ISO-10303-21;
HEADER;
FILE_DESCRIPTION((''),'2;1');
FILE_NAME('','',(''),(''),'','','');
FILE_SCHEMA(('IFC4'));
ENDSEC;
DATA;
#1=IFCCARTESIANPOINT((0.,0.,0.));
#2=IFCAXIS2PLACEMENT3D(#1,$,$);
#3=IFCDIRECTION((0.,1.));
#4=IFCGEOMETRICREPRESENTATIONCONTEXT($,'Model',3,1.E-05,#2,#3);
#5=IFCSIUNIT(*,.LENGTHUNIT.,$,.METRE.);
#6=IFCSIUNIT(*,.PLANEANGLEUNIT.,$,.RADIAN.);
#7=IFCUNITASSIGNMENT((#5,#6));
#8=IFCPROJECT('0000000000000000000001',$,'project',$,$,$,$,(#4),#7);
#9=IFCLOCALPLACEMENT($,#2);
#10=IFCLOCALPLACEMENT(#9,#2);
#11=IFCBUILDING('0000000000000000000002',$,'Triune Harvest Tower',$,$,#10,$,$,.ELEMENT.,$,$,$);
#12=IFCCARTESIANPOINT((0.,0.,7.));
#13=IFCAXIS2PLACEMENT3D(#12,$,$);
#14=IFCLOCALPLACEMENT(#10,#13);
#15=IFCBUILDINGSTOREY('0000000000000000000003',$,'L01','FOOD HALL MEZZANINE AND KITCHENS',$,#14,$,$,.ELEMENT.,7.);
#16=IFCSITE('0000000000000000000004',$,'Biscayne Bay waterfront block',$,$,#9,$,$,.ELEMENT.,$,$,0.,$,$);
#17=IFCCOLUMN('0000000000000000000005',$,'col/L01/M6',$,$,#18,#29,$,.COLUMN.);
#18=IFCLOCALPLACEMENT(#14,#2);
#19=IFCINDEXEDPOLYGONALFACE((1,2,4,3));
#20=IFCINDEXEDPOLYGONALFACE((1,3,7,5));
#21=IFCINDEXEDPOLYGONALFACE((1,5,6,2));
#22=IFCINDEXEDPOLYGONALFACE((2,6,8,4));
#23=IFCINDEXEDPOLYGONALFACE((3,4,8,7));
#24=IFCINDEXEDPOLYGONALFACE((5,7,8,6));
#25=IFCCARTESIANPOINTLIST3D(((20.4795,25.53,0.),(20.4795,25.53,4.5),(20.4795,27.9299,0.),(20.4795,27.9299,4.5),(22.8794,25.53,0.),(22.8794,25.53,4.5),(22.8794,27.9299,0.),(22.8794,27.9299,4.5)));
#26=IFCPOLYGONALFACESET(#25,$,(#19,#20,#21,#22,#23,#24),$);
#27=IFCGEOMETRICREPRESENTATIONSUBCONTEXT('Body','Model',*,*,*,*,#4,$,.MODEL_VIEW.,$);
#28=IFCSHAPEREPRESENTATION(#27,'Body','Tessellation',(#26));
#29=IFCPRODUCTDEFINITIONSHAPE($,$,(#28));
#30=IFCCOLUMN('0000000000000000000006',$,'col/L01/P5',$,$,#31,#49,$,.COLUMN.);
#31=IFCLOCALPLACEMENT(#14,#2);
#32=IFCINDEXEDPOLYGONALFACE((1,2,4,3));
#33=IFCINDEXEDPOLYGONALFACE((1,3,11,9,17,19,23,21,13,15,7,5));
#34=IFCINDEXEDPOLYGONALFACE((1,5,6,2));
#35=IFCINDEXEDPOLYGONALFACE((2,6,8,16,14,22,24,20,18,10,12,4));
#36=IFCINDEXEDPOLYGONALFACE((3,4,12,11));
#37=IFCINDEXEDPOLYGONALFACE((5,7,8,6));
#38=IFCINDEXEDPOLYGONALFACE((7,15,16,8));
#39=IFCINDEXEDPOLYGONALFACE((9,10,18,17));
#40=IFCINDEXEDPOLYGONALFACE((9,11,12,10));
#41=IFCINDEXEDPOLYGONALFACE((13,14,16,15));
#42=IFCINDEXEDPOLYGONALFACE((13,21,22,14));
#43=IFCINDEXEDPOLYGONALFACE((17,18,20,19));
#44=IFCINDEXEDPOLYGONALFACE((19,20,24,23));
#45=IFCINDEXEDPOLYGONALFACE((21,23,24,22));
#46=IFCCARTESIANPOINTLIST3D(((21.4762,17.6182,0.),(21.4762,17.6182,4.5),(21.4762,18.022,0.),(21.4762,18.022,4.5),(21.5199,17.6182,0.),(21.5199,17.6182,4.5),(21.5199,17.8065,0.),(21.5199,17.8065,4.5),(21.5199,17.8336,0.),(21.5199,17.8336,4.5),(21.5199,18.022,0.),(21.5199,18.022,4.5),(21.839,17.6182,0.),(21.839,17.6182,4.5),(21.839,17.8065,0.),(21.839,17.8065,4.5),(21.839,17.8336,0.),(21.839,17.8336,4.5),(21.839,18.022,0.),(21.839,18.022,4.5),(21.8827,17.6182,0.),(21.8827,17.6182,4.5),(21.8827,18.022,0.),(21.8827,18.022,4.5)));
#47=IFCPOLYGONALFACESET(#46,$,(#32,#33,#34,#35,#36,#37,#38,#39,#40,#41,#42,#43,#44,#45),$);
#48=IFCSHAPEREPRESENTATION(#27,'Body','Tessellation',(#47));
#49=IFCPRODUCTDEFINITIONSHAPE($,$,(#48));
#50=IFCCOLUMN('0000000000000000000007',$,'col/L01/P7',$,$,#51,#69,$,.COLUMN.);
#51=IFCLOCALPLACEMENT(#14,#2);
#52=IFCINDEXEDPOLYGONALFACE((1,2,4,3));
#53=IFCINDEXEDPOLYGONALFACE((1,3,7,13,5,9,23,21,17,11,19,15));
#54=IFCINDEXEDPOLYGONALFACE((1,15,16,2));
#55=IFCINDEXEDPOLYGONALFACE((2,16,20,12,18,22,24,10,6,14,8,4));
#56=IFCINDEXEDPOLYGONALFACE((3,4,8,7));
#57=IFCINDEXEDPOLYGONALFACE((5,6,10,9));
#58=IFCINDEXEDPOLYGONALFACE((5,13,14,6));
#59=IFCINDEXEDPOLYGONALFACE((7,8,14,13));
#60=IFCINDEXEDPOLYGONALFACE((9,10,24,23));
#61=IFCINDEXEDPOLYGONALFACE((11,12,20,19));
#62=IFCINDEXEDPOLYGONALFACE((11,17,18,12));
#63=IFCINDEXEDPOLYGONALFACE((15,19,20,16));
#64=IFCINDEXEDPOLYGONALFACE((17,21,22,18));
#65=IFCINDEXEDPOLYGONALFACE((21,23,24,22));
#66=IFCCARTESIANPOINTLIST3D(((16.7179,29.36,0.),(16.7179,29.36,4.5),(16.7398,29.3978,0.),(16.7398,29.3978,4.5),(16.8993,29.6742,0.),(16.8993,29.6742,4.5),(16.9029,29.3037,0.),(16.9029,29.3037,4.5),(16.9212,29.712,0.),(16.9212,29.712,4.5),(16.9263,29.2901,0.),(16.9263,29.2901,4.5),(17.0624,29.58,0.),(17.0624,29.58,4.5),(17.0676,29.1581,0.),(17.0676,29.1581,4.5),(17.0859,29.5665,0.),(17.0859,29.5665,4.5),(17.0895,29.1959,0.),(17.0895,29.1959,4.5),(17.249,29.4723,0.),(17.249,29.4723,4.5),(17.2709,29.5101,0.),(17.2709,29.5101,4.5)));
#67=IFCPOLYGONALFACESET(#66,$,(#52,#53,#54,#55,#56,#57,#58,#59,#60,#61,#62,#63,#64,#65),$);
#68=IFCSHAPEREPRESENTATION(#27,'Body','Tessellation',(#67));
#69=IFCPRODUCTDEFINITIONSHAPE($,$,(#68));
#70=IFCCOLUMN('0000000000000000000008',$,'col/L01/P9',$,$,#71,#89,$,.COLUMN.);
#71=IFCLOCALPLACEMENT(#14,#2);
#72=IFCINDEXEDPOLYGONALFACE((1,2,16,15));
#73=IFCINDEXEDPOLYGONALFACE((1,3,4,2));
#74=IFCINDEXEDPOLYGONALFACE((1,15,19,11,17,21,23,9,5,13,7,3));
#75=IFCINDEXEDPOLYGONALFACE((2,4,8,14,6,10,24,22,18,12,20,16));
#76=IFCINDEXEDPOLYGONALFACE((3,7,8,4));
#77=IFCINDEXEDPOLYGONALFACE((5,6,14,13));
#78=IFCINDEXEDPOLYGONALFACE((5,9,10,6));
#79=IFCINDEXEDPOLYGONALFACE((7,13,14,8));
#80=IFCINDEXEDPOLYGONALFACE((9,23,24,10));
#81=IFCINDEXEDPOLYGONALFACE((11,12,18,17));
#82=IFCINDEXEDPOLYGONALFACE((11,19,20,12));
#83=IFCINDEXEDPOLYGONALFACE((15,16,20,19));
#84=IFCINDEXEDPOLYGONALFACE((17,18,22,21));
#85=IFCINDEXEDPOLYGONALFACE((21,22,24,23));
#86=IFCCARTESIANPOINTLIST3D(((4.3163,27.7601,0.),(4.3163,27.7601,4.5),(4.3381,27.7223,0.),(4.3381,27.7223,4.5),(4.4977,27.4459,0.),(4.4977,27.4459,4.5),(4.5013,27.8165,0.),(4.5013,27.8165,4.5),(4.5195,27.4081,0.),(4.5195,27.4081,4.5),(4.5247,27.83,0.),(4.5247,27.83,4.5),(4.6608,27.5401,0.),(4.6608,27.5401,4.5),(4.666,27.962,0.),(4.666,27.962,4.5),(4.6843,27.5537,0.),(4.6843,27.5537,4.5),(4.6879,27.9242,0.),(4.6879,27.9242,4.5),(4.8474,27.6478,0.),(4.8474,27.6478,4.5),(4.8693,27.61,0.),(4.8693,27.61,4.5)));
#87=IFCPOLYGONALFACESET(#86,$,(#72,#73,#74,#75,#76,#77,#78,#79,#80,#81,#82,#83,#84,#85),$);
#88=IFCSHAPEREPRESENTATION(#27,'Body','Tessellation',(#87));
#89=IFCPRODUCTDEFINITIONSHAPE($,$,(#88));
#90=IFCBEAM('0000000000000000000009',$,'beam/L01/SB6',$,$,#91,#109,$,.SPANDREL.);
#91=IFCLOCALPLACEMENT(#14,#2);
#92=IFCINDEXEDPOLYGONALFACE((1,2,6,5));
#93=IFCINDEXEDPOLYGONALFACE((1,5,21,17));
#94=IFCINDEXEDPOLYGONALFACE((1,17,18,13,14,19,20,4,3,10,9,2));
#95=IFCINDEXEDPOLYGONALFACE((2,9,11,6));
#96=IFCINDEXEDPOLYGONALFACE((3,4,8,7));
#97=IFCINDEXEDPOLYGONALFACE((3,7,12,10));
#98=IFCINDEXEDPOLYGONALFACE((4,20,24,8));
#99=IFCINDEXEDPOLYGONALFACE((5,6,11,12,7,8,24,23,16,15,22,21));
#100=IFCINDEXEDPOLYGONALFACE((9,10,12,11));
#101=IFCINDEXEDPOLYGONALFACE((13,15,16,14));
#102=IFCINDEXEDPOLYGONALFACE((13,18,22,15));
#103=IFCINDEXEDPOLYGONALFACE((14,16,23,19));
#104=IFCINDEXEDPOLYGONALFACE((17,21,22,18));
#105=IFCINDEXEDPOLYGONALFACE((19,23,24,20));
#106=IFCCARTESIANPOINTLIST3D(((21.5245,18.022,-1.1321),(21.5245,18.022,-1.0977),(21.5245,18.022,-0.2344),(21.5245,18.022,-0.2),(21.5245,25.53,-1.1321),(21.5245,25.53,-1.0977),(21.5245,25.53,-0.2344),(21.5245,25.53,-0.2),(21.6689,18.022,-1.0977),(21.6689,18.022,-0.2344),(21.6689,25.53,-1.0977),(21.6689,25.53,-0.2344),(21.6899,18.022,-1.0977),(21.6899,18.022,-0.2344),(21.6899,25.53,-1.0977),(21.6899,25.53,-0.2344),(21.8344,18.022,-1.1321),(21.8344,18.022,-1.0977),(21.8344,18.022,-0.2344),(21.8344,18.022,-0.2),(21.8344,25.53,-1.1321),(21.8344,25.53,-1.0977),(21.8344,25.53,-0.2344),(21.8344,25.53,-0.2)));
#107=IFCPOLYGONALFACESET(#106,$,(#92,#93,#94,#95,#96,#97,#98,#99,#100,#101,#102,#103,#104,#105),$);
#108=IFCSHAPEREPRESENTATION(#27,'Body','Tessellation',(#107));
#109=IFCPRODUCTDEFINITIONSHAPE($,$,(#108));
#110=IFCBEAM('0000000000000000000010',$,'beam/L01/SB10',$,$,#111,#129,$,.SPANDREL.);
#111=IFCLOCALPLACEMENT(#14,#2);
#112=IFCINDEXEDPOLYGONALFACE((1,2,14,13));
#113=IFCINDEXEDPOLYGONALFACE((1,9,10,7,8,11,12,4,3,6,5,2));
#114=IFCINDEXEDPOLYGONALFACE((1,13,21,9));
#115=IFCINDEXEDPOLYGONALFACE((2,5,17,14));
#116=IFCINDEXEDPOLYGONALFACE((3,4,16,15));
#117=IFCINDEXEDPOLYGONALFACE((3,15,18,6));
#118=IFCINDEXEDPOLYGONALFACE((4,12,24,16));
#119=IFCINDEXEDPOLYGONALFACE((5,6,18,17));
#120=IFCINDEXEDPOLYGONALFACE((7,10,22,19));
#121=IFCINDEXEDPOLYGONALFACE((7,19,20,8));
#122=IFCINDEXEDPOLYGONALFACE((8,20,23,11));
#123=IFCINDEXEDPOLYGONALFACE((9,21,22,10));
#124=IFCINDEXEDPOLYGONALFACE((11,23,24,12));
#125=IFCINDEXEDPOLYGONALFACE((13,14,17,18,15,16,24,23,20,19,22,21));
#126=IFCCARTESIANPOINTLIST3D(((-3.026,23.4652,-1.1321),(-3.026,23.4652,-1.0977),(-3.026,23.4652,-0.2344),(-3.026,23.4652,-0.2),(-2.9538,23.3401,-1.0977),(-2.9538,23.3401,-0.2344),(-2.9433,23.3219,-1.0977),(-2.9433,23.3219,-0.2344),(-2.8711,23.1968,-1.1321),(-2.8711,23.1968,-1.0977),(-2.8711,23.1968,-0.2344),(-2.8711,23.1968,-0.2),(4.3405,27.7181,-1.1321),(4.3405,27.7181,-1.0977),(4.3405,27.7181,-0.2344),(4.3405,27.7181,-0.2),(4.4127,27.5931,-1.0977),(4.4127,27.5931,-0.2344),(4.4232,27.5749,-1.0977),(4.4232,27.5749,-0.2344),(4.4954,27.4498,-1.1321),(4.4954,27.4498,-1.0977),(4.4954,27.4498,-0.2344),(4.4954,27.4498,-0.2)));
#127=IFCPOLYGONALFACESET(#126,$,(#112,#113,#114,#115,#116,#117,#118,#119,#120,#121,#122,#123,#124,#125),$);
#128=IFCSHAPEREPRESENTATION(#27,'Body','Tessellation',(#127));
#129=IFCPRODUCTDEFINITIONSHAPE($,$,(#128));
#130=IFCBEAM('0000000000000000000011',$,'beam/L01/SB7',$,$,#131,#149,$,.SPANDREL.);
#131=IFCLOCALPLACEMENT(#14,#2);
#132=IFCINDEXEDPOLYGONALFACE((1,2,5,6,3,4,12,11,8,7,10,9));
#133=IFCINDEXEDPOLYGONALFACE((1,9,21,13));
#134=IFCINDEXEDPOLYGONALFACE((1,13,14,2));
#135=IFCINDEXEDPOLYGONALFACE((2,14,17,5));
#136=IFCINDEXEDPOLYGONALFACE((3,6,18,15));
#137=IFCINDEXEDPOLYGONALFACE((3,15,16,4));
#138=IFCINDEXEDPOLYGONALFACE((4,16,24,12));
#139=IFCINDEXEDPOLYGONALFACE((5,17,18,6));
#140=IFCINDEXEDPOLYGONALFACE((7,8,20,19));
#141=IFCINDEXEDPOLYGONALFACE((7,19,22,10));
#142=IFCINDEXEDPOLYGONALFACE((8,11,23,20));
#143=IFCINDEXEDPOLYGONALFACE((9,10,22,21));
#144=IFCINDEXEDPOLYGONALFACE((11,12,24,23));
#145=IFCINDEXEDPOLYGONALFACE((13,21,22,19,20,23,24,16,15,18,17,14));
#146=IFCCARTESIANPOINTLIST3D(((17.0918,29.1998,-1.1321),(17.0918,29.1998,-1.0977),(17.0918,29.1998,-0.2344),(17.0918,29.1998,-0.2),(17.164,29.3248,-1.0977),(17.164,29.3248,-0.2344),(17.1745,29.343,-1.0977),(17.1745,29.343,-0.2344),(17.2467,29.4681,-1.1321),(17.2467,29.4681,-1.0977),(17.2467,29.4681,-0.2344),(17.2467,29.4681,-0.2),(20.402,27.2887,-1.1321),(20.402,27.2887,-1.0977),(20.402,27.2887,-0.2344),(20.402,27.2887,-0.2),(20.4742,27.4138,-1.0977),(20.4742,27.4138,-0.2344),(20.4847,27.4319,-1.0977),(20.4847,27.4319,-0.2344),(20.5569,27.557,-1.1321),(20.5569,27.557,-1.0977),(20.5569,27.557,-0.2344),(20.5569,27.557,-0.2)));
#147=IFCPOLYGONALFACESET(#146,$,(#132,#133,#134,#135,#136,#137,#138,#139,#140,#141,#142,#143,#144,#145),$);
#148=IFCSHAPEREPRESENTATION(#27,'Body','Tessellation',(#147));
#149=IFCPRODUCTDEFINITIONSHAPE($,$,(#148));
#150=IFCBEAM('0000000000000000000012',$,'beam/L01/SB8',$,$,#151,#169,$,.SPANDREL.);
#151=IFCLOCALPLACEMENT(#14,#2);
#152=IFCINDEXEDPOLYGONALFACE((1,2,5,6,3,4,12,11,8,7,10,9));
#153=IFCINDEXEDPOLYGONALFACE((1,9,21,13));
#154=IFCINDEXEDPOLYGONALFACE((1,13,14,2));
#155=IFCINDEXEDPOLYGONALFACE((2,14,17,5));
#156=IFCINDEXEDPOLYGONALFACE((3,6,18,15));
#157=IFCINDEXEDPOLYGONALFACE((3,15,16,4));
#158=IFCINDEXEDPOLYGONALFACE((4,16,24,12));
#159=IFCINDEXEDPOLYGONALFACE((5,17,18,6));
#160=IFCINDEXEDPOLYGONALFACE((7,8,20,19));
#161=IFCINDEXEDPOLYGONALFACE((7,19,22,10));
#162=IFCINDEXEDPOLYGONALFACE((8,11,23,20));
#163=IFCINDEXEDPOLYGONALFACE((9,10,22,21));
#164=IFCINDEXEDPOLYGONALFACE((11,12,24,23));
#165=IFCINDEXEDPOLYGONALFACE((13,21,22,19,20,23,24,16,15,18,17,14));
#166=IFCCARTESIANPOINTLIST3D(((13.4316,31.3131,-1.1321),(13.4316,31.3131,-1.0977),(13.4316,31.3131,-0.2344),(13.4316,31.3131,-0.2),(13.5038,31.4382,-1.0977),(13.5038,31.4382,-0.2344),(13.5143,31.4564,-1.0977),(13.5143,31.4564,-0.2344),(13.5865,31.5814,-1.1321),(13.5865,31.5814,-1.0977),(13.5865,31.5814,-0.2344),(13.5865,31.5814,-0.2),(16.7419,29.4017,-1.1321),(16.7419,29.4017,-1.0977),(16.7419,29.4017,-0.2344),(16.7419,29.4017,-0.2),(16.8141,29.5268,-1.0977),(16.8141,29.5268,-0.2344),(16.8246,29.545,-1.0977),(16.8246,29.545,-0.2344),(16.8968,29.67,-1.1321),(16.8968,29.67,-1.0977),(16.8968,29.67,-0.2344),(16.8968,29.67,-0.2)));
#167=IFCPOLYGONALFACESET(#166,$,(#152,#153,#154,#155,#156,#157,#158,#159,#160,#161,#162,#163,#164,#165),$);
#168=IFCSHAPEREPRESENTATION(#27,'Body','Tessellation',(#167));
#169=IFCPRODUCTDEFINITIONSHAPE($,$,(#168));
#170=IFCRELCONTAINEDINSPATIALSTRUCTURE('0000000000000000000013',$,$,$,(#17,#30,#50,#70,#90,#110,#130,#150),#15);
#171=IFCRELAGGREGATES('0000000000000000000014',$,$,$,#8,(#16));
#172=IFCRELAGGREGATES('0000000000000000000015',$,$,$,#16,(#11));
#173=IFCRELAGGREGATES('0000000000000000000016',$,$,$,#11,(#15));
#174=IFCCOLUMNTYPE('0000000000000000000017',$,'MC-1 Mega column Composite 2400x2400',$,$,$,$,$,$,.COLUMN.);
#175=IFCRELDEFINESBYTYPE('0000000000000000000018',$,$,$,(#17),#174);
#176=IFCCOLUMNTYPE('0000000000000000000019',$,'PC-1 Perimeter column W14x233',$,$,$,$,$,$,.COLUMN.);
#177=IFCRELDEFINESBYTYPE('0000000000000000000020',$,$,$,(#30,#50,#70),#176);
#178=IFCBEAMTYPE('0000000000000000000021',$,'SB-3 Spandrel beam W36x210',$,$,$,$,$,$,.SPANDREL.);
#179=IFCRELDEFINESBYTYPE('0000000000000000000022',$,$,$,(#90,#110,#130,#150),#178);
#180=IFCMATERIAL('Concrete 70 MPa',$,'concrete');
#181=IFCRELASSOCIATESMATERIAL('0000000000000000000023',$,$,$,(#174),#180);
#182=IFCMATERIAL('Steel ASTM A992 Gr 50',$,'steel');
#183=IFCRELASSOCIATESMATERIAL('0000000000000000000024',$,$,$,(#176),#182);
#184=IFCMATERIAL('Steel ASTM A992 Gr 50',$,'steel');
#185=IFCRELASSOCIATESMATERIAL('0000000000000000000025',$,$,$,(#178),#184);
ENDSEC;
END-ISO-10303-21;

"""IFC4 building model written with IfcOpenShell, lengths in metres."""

from ifc_helpers import new_model, si_unit, direction, frame, origin, origin_2d, place, context, subcontext, project, spatial, rectangle, i_section, extrude, source, transform, mapped, material, material_profile, profile_set, type_object, element, save


model = new_model("IFC4")

# Units and contexts
model_context = context("Model", 3, precision=1e-05, world=origin(), true_north=direction((0.0, 1.0)))
body_context = subcontext(model_context, "Body", "Model", "MODEL_VIEW")
ifc_project = project(units=[si_unit("LENGTHUNIT", "METRE"), si_unit("PLANEANGLEUNIT", "RADIAN")], contexts=[model_context])

# Site, building, storey
site_placement = place(None, origin())
site = spatial("IfcSite", under=ifc_project, at=site_placement, Name="Biscayne Bay waterfront block", CompositionType="ELEMENT", RefElevation=0.0)
building_placement = place(site_placement, origin())
building = spatial("IfcBuilding", under=site, at=building_placement, Name="Triune Harvest Tower", CompositionType="ELEMENT")
storey_placement = place(building_placement, frame((0.0, 0.0, 7.0)))
storey = spatial("IfcBuildingStorey", under=building, at=storey_placement, Name="L01", Description="FOOD HALL MEZZANINE AND KITCHENS", CompositionType="ELEMENT", Elevation=7.0)

# Columns
ifc_material_1 = material(Name="Concrete 70 MPa", Category="concrete")
ifc_material_profile_1 = material_profile(ifc_material_1, rectangle(XDim=2.3999, YDim=2.3999, at=origin_2d()), Name="Composite 2400x2400")
ifc_profile_set_1 = profile_set([ifc_material_profile_1], Name="Concrete 70 MPa")
column_type_1 = type_object("IfcColumnType", Name="MC-1 Mega column Composite 2400x2400", PredefinedType="COLUMN", material=ifc_profile_set_1)
shared_shape_1 = source(origin(), body_context, "Body", "SweptSolid", [
    extrude(rectangle(XDim=2.3999, YDim=2.3999, at=origin_2d()), origin(), (0.0, 0.0, 1.0), 4.5),
])
column_placement = place(storey_placement, frame((21.6794, 26.73, 0.0), z_axis=(0.0, 0.0, 1.0), x_axis=(0.0, 1.0, 0.0)))
element("IfcColumn", 1, at=column_placement, inside=storey, type_object=column_type_1, Name="col/L01/M6", PredefinedType="COLUMN", context=body_context, shape_type="MappedRepresentation", body=[
    mapped(shared_shape_1, transform((0.0, 0.0, 0.0), scale=1.0)),
])
ifc_material_2 = material(Name="Steel ASTM A992 Gr 50", Category="steel")
ifc_material_profile_2 = material_profile(ifc_material_2, i_section(OverallWidth=0.4038, OverallDepth=0.4065, WebThickness=0.0271, FlangeThickness=0.0437, at=origin_2d()), Name="W14x233")
ifc_profile_set_2 = profile_set([ifc_material_profile_2], Name="Steel ASTM A992 Gr 50")
column_type_2 = type_object("IfcColumnType", Name="PC-1 Perimeter column W14x233", PredefinedType="COLUMN", material=ifc_profile_set_2)
shared_shape_2 = source(origin(), body_context, "Body", "SweptSolid", [
    extrude(i_section(OverallWidth=0.4038, OverallDepth=0.4065, WebThickness=0.0271, FlangeThickness=0.0437, at=origin_2d()), origin(), (0.0, 0.0, 1.0), 4.5),
])
for number, where, z_axis, x_axis, name in (
    (2, (21.6794, 17.8201, 0.0), (0.0, 0.0, 1.0), (0.0, 1.0, 0.0), "col/L01/P5"),
    (3, (16.9944, 29.4351, 0.0), (0.0, 0.0, 1.0), (-0.866026, 0.499998, 0.0), "col/L01/P7"),
    (4, (4.5928, 27.6851, 0.0), (0.0, 0.0, 1.0), (-0.866025, -0.5, 0.0), "col/L01/P9"),
):
    element("IfcColumn", number, at=place(storey_placement, frame(where, z_axis=z_axis, x_axis=x_axis)), inside=storey, type_object=column_type_2, Name=name, PredefinedType="COLUMN", context=body_context, shape_type="MappedRepresentation", body=[
        mapped(shared_shape_2, transform((0.0, 0.0, 0.0), scale=1.0)),
    ])

# Beams
ifc_material_3 = material(Name="Steel ASTM A992 Gr 50", Category="steel")
ifc_material_profile_3 = material_profile(ifc_material_3, i_section(OverallWidth=0.3098, OverallDepth=0.9321, WebThickness=0.021, FlangeThickness=0.0344, at=origin_2d()), Name="W36x210")
ifc_profile_set_3 = profile_set([ifc_material_profile_3], Name="Steel ASTM A992 Gr 50")
beam_type_1 = type_object("IfcBeamType", Name="SB-3 Spandrel beam W36x210", PredefinedType="SPANDREL", material=ifc_profile_set_3)
shared_shape_3 = source(origin(), body_context, "Body", "SweptSolid", [
    extrude(i_section(OverallWidth=0.3098, OverallDepth=0.9321, WebThickness=0.021, FlangeThickness=0.0344, at=origin_2d()), origin(), (0.0, 0.0, 1.0), 7.5081),
])
beam_1_placement = place(storey_placement, frame((21.6794, 18.022, -0.666), z_axis=(0.0, 1.0, 0.0), x_axis=(-1.0, 0.0, 0.0)))
element("IfcBeam", 5, at=beam_1_placement, inside=storey, type_object=beam_type_1, Name="beam/L01/SB6", PredefinedType="SPANDREL", context=body_context, shape_type="MappedRepresentation", body=[
    mapped(shared_shape_3, transform((0.0, 0.0, 0.0), scale=1.0)),
])
shared_shape_4 = source(origin(), body_context, "Body", "SweptSolid", [
    extrude(i_section(OverallWidth=0.3098, OverallDepth=0.9321, WebThickness=0.021, FlangeThickness=0.0344, at=origin_2d()), origin(), (0.0, 0.0, 1.0), 8.5061),
])
beam_2_placement = place(storey_placement, frame((4.418, 27.584, -0.666), z_axis=(-0.86603, -0.499992, 0.0), x_axis=(0.499992, -0.86603, 0.0)))
element("IfcBeam", 6, at=beam_2_placement, inside=storey, type_object=beam_type_1, Name="beam/L01/SB10", PredefinedType="SPANDREL", context=body_context, shape_type="MappedRepresentation", body=[
    mapped(shared_shape_4, transform((0.0, 0.0, 0.0), scale=1.0)),
])
shared_shape_5 = source(origin(), body_context, "Body", "SweptSolid", [
    extrude(i_section(OverallWidth=0.3098, OverallDepth=0.9321, WebThickness=0.021, FlangeThickness=0.0344, at=origin_2d()), origin(), (0.0, 0.0, 1.0), 3.8223),
])
beam_3_placement = place(storey_placement, frame((20.4795, 27.4229, -0.666), z_axis=(-0.866033, 0.499986, 0.0), x_axis=(-0.499986, -0.866033, 0.0)))
element("IfcBeam", 7, at=beam_3_placement, inside=storey, type_object=beam_type_1, Name="beam/L01/SB7", PredefinedType="SPANDREL", context=body_context, shape_type="MappedRepresentation", body=[
    mapped(shared_shape_5, transform((0.0, 0.0, 0.0), scale=1.0)),
])
shared_shape_6 = source(origin(), body_context, "Body", "SweptSolid", [
    extrude(i_section(OverallWidth=0.3098, OverallDepth=0.9321, WebThickness=0.021, FlangeThickness=0.0344, at=origin_2d()), origin(), (0.0, 0.0, 1.0), 3.8225),
])
beam_4_placement = place(storey_placement, frame((16.8193, 29.5359, -0.666), z_axis=(-0.866006, 0.500034, 0.0), x_axis=(-0.500034, -0.866006, 0.0)))
element("IfcBeam", 8, at=beam_4_placement, inside=storey, type_object=beam_type_1, Name="beam/L01/SB8", PredefinedType="SPANDREL", context=body_context, shape_type="MappedRepresentation", body=[
    mapped(shared_shape_6, transform((0.0, 0.0, 0.0), scale=1.0)),
])

save(model, "model.ifc")
